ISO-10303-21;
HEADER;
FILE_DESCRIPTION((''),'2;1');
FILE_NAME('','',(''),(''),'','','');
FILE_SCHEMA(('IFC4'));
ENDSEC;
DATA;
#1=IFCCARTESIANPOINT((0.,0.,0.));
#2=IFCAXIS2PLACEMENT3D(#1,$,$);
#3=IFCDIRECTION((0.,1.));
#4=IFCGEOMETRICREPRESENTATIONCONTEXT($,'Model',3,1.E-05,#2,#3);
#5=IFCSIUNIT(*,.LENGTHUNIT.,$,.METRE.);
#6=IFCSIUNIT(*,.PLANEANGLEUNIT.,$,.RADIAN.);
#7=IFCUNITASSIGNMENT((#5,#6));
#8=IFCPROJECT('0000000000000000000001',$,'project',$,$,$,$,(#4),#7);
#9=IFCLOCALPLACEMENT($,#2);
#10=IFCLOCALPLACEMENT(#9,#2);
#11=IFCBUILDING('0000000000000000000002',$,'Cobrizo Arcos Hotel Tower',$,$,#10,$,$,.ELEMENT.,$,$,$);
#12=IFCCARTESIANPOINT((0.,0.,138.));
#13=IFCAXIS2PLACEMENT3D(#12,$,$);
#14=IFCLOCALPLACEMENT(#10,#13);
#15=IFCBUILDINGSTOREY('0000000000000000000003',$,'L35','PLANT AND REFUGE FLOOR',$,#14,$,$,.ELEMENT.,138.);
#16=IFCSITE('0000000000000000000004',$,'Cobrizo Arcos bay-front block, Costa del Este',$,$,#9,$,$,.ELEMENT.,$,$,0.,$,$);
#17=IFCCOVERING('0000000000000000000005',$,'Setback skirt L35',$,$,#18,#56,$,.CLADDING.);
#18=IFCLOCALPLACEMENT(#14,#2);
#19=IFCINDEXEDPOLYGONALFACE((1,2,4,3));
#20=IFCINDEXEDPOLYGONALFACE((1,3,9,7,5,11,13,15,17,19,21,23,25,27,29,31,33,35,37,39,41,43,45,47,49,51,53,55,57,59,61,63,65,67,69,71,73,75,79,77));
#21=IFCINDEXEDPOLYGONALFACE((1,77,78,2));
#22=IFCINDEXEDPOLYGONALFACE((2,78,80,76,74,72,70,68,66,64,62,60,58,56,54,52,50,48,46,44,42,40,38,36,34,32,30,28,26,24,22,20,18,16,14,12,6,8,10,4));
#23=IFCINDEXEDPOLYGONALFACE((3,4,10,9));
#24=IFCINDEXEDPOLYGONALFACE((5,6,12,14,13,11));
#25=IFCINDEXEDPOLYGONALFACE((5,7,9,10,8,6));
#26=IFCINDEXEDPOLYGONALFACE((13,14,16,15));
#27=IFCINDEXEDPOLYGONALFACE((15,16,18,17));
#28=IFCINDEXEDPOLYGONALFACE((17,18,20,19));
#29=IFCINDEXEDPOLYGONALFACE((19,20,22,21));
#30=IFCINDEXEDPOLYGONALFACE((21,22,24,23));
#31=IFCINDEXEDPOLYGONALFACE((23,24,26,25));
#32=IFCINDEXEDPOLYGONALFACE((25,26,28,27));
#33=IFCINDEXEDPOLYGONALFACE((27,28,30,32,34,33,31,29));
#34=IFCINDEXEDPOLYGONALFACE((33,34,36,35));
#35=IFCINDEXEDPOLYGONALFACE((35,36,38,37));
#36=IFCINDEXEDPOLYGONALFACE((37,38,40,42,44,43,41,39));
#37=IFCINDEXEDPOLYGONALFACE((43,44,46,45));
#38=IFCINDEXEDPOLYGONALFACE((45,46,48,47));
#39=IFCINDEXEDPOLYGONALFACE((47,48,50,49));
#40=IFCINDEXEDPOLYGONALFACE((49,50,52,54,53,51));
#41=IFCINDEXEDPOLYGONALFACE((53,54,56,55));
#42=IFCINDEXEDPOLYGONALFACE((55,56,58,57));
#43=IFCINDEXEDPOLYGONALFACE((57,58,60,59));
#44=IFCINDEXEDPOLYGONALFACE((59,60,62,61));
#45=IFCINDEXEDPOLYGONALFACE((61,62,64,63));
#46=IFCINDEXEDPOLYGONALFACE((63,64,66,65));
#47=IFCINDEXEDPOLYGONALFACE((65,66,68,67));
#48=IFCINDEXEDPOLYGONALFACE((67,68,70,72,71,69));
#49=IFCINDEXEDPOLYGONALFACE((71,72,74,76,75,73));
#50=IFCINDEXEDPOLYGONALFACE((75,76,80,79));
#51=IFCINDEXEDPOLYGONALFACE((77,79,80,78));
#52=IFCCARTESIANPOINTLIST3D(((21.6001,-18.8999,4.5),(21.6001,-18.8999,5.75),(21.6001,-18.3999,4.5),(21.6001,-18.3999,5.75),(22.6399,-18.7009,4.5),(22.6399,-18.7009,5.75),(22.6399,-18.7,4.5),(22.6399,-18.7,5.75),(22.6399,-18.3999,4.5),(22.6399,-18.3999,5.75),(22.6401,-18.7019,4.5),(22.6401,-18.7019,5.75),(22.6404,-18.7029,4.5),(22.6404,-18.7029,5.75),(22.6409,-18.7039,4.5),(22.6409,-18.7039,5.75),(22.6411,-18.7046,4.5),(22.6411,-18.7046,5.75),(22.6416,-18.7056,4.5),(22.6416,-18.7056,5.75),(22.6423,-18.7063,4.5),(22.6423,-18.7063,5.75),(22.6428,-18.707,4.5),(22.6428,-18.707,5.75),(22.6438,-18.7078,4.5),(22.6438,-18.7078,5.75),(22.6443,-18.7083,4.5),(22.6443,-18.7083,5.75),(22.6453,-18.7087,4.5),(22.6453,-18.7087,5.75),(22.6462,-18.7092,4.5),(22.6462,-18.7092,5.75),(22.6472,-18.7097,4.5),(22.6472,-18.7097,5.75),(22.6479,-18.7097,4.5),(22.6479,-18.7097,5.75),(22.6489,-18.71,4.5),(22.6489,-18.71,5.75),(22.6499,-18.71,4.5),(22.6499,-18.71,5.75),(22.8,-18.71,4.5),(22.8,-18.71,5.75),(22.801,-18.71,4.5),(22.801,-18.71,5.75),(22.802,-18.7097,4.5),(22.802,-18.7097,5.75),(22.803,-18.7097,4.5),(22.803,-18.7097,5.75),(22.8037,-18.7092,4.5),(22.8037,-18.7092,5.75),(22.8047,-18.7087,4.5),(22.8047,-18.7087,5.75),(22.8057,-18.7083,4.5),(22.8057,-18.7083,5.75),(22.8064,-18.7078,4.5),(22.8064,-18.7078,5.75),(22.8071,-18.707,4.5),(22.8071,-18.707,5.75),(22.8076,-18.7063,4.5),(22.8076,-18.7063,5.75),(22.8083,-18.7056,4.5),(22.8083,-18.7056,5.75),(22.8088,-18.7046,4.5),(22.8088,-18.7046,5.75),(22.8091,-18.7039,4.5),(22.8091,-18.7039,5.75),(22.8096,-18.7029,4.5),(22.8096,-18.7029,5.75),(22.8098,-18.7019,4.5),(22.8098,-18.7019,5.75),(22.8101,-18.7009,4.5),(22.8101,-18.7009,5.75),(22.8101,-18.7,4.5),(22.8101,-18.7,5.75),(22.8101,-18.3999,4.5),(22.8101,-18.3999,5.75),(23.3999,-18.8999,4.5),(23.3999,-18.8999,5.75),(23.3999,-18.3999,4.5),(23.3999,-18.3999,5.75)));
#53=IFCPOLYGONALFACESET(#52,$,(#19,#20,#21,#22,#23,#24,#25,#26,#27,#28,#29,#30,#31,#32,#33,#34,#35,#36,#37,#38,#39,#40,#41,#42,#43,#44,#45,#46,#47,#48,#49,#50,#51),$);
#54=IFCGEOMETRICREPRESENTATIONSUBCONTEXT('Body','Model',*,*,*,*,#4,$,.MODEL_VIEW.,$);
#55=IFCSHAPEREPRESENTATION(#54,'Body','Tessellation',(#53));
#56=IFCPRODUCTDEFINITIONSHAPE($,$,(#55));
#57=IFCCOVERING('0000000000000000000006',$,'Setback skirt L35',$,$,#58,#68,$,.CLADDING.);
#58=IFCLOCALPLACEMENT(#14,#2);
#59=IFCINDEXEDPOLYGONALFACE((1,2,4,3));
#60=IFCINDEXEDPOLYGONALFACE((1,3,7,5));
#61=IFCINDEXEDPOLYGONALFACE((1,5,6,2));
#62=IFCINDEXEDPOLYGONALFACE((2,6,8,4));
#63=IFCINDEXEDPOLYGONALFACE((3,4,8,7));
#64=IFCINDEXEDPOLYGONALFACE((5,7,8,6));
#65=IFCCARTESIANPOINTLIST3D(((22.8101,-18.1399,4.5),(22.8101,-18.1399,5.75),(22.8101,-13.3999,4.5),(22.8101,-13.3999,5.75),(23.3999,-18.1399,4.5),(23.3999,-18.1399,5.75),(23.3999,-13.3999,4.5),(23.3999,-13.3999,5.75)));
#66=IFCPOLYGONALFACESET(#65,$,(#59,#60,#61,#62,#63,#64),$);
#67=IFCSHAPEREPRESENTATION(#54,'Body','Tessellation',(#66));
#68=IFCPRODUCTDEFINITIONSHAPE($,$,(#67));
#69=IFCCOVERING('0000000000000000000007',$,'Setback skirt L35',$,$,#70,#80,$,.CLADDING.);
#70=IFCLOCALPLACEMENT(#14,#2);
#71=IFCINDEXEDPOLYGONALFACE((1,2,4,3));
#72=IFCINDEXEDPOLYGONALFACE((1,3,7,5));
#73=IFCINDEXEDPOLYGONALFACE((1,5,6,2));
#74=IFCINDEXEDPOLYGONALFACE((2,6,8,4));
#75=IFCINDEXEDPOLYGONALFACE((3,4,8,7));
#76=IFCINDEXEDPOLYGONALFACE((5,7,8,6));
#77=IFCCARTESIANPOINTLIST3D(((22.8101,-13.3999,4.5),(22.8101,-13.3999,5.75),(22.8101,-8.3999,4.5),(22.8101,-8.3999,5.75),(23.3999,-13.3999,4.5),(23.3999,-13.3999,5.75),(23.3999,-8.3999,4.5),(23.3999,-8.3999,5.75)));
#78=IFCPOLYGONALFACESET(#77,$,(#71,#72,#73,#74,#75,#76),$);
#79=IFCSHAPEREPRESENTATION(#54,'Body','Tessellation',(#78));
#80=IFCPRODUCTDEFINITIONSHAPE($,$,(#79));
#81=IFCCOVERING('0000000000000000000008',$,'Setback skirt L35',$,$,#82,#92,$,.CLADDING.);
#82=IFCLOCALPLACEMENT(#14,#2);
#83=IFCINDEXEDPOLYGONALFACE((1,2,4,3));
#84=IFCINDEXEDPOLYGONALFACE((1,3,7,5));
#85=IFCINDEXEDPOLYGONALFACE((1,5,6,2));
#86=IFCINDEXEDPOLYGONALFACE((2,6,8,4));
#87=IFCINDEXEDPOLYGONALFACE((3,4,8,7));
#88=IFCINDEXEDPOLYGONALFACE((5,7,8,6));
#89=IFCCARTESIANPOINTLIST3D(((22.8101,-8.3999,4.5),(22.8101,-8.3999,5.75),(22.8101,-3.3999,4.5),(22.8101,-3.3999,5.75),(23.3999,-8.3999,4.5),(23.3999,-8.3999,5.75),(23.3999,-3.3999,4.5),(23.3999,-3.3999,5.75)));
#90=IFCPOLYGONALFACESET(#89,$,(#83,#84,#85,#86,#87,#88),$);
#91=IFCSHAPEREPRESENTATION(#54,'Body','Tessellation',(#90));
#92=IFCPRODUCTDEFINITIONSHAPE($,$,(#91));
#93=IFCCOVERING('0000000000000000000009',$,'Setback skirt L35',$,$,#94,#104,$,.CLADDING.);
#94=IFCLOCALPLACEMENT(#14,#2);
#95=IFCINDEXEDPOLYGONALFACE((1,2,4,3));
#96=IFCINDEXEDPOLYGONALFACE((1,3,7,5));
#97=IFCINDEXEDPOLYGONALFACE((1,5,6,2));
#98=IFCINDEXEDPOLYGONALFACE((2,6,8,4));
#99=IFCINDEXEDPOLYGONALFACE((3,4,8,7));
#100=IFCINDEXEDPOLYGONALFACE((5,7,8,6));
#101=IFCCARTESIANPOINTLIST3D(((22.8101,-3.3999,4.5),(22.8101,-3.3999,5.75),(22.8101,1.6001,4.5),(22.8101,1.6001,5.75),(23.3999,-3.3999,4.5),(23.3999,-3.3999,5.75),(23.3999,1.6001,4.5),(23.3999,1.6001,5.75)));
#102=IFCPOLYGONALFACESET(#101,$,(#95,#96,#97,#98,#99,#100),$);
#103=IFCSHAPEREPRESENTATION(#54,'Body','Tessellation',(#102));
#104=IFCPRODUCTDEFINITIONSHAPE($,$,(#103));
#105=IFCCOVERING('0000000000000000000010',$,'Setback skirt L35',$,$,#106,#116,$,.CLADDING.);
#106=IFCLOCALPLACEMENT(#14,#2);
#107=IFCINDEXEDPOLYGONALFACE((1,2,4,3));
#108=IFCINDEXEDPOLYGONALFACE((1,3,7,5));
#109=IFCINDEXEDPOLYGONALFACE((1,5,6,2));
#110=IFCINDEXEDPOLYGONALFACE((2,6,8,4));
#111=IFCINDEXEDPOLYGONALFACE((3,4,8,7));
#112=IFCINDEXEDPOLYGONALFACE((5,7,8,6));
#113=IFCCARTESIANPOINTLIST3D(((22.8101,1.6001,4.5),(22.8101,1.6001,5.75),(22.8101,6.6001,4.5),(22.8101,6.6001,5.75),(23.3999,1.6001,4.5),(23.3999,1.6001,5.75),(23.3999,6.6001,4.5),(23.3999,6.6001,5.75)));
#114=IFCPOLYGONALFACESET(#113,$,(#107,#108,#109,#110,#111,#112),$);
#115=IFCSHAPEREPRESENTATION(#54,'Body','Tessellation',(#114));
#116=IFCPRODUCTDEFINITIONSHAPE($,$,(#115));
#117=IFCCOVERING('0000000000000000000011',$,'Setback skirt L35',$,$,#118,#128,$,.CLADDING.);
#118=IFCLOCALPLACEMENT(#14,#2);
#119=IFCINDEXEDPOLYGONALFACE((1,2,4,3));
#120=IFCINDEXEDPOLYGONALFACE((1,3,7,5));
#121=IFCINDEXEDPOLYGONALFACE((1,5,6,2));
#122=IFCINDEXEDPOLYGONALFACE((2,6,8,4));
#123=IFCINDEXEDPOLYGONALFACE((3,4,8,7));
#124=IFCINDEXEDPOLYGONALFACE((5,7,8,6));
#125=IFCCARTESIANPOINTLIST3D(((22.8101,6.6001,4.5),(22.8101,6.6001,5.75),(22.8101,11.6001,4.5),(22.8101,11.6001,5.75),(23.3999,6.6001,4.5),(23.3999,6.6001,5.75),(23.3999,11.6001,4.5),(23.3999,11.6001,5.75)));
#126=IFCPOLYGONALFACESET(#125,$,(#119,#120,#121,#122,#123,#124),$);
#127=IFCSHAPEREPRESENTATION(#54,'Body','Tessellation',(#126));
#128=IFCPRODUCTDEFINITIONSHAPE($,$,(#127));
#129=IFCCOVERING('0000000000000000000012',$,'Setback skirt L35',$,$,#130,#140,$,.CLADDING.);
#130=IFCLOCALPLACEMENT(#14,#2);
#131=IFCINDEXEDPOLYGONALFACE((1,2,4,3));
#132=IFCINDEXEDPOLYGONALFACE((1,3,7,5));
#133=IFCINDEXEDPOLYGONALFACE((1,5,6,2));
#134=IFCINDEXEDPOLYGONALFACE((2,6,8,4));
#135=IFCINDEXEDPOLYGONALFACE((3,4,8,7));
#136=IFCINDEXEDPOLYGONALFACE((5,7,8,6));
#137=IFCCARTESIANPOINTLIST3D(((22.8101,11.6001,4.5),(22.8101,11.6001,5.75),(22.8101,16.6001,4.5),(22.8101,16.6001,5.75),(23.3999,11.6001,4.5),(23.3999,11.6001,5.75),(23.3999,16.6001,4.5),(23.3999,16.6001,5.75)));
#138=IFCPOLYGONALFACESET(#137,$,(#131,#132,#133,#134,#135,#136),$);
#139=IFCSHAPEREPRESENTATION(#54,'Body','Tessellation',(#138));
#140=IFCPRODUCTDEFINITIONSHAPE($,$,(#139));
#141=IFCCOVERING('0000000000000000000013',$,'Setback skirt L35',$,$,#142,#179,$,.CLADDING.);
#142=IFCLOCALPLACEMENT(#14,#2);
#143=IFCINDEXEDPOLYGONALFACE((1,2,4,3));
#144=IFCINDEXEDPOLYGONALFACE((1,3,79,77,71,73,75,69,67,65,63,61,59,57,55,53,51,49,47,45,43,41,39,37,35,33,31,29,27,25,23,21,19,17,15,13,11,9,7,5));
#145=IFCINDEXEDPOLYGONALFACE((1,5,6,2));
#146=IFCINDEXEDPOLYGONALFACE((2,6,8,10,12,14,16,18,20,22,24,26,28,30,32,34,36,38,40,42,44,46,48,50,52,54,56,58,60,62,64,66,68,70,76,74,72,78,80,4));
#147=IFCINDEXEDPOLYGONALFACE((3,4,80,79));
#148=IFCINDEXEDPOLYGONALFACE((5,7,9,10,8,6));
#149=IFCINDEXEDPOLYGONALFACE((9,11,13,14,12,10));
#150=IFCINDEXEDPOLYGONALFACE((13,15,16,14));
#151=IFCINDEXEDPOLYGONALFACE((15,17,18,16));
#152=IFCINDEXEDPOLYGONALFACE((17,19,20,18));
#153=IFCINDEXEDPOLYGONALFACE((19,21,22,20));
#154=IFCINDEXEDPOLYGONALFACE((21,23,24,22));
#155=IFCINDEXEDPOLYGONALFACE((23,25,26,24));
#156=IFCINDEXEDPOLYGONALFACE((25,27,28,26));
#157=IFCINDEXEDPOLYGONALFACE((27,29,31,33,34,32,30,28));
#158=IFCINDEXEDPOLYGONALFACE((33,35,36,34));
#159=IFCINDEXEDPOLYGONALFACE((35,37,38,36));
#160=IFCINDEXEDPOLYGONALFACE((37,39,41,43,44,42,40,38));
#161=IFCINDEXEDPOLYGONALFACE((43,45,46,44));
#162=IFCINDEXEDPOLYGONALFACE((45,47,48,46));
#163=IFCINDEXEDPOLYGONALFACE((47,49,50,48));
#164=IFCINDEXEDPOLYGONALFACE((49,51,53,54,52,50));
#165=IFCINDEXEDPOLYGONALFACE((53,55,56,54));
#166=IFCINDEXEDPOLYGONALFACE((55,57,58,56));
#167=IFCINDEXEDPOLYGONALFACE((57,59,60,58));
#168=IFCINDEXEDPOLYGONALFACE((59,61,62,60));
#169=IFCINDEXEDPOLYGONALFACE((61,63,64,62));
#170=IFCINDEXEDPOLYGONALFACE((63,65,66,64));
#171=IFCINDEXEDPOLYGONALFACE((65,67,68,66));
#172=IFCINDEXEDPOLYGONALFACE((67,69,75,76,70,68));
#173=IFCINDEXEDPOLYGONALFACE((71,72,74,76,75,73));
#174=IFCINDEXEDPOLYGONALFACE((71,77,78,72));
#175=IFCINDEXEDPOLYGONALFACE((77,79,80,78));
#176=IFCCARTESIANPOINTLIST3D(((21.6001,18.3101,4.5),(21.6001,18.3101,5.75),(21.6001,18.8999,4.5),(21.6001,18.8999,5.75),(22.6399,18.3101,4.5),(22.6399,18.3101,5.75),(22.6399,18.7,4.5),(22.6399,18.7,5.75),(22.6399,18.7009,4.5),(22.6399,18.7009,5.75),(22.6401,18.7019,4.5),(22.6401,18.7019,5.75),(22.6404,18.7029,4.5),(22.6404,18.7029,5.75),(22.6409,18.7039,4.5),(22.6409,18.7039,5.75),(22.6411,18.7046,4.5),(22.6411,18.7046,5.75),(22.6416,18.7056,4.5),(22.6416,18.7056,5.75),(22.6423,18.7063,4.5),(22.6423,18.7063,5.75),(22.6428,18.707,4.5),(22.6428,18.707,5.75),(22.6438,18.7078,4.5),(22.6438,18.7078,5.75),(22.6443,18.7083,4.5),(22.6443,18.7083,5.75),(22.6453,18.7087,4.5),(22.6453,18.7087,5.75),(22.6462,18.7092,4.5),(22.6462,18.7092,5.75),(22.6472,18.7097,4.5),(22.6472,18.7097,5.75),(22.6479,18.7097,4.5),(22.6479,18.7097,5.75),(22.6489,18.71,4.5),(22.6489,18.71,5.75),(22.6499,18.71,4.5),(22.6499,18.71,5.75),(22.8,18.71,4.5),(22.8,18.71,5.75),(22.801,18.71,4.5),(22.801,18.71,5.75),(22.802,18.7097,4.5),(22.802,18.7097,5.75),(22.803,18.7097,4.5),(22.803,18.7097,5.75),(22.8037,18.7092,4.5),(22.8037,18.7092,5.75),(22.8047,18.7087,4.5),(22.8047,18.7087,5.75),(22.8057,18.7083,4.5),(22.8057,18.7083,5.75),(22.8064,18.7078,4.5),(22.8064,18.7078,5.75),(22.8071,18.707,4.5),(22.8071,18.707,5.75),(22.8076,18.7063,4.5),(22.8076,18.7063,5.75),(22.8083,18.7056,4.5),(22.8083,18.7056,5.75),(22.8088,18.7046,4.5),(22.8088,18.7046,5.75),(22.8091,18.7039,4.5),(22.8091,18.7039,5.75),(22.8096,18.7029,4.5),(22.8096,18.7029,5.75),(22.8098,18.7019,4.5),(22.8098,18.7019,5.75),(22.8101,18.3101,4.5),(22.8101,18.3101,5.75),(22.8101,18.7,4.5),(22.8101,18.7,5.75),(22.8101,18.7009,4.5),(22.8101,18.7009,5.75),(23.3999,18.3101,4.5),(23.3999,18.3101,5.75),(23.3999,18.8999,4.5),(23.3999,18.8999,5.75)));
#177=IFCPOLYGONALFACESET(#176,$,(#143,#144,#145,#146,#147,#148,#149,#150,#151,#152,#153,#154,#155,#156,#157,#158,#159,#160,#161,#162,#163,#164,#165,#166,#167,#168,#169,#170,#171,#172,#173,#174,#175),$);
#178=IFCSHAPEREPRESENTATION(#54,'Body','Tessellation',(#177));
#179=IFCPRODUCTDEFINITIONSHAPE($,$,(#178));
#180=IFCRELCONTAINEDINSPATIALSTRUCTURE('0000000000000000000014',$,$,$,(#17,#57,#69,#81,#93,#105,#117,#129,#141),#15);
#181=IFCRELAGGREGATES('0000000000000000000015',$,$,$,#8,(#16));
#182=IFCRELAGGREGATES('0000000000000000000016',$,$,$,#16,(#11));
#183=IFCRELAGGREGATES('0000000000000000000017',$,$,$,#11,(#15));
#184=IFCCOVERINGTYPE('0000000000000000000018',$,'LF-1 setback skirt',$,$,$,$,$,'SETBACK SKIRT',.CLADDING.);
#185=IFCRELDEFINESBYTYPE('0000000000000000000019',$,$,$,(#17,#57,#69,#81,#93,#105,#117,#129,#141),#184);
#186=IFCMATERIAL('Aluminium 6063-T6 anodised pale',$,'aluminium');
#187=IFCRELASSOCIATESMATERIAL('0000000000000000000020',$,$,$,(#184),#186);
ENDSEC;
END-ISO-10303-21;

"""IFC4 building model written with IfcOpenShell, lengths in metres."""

from ifc_helpers import new_model, si_unit, direction, frame, origin, place, context, subcontext, project, spatial, polyline, outline, extrude, material, type_object, element, save


model = new_model("IFC4")

# Units and contexts
model_context = context("Model", 3, precision=1e-05, world=origin(), true_north=direction((0.0, 1.0)))
body_context = subcontext(model_context, "Body", "Model", "MODEL_VIEW")
ifc_project = project(units=[si_unit("LENGTHUNIT", "METRE"), si_unit("PLANEANGLEUNIT", "RADIAN")], contexts=[model_context])

# Site, building, storey
site_placement = place(None, origin())
site = spatial("IfcSite", under=ifc_project, at=site_placement, Name="Cobrizo Arcos bay-front block, Costa del Este", CompositionType="ELEMENT", RefElevation=0.0)
building_placement = place(site_placement, origin())
building = spatial("IfcBuilding", under=site, at=building_placement, Name="Cobrizo Arcos Hotel Tower", CompositionType="ELEMENT")
storey_placement = place(building_placement, frame((0.0, 0.0, 138.0)))
storey = spatial("IfcBuildingStorey", under=building, at=storey_placement, Name="L35", Description="PLANT AND REFUGE FLOOR", CompositionType="ELEMENT", Elevation=138.0)

# Coverings
ifc_material_1 = material(Name="Aluminium 6063-T6 anodised pale", Category="aluminium")
covering_type_1 = type_object("IfcCoveringType", Name="LF-1 setback skirt", ElementType="SETBACK SKIRT", PredefinedType="CLADDING", material=ifc_material_1)
covering_1_placement = place(storey_placement, frame((0.0, 0.0, 4.5)))
element("IfcCovering", 1, at=covering_1_placement, inside=storey, type_object=covering_type_1, Name="Setback skirt L35", PredefinedType="CLADDING", context=body_context, shape_type="SweptSolid", body=[
    extrude(outline(polyline([(22.6399, -18.7), (22.6399, -18.3999), (21.6001, -18.3999), (21.6001, -18.8999), (23.3999, -18.8999), (23.3999, -18.3999), (22.8101, -18.3999), (22.8101, -18.7), (22.8101, -18.7009), (22.8098, -18.7019), (22.8096, -18.7029), (22.8091, -18.7039), (22.8088, -18.7046), (22.8083, -18.7056), (22.8076, -18.7063), (22.8071, -18.707), (22.8064, -18.7078), (22.8057, -18.7083), (22.8047, -18.7087), (22.8037, -18.7092), (22.803, -18.7097), (22.802, -18.7097), (22.801, -18.71), (22.8, -18.71), (22.6499, -18.71), (22.6489, -18.71), (22.6479, -18.7097), (22.6472, -18.7097), (22.6462, -18.7092), (22.6453, -18.7087), (22.6443, -18.7083), (22.6438, -18.7078), (22.6428, -18.707), (22.6423, -18.7063), (22.6416, -18.7056), (22.6411, -18.7046), (22.6409, -18.7039), (22.6404, -18.7029), (22.6401, -18.7019), (22.6399, -18.7009), (22.6399, -18.7)])), origin(), (0.0, 0.0, 1.0), 1.25),
])
covering_2_placement = place(storey_placement, frame((0.0, 0.0, 4.5)))
element("IfcCovering", 2, at=covering_2_placement, inside=storey, type_object=covering_type_1, Name="Setback skirt L35", PredefinedType="CLADDING", context=body_context, shape_type="SweptSolid", body=[
    extrude(outline(polyline([(22.8101, -13.3999), (22.8101, -18.1399), (23.3999, -18.1399), (23.3999, -13.3999), (22.8101, -13.3999)])), origin(), (0.0, 0.0, 1.0), 1.25),
])
covering_3_placement = place(storey_placement, frame((0.0, 0.0, 4.5)))
element("IfcCovering", 3, at=covering_3_placement, inside=storey, type_object=covering_type_1, Name="Setback skirt L35", PredefinedType="CLADDING", context=body_context, shape_type="SweptSolid", body=[
    extrude(outline(polyline([(22.8101, -8.3999), (22.8101, -13.3999), (23.3999, -13.3999), (23.3999, -8.3999), (22.8101, -8.3999)])), origin(), (0.0, 0.0, 1.0), 1.25),
])
covering_4_placement = place(storey_placement, frame((0.0, 0.0, 4.5)))
element("IfcCovering", 4, at=covering_4_placement, inside=storey, type_object=covering_type_1, Name="Setback skirt L35", PredefinedType="CLADDING", context=body_context, shape_type="SweptSolid", body=[
    extrude(outline(polyline([(22.8101, -3.3999), (22.8101, -8.3999), (23.3999, -8.3999), (23.3999, -3.3999), (22.8101, -3.3999)])), origin(), (0.0, 0.0, 1.0), 1.25),
])
covering_5_placement = place(storey_placement, frame((0.0, 0.0, 4.5)))
element("IfcCovering", 5, at=covering_5_placement, inside=storey, type_object=covering_type_1, Name="Setback skirt L35", PredefinedType="CLADDING", context=body_context, shape_type="SweptSolid", body=[
    extrude(outline(polyline([(22.8101, 1.6001), (22.8101, -3.3999), (23.3999, -3.3999), (23.3999, 1.6001), (22.8101, 1.6001)])), origin(), (0.0, 0.0, 1.0), 1.25),
])
covering_6_placement = place(storey_placement, frame((0.0, 0.0, 4.5)))
element("IfcCovering", 6, at=covering_6_placement, inside=storey, type_object=covering_type_1, Name="Setback skirt L35", PredefinedType="CLADDING", context=body_context, shape_type="SweptSolid", body=[
    extrude(outline(polyline([(22.8101, 6.6001), (22.8101, 1.6001), (23.3999, 1.6001), (23.3999, 6.6001), (22.8101, 6.6001)])), origin(), (0.0, 0.0, 1.0), 1.25),
])
covering_7_placement = place(storey_placement, frame((0.0, 0.0, 4.5)))
element("IfcCovering", 7, at=covering_7_placement, inside=storey, type_object=covering_type_1, Name="Setback skirt L35", PredefinedType="CLADDING", context=body_context, shape_type="SweptSolid", body=[
    extrude(outline(polyline([(22.8101, 11.6001), (22.8101, 6.6001), (23.3999, 6.6001), (23.3999, 11.6001), (22.8101, 11.6001)])), origin(), (0.0, 0.0, 1.0), 1.25),
])
covering_8_placement = place(storey_placement, frame((0.0, 0.0, 4.5)))
element("IfcCovering", 8, at=covering_8_placement, inside=storey, type_object=covering_type_1, Name="Setback skirt L35", PredefinedType="CLADDING", context=body_context, shape_type="SweptSolid", body=[
    extrude(outline(polyline([(22.8101, 16.6001), (22.8101, 11.6001), (23.3999, 11.6001), (23.3999, 16.6001), (22.8101, 16.6001)])), origin(), (0.0, 0.0, 1.0), 1.25),
])
covering_9_placement = place(storey_placement, frame((0.0, 0.0, 4.5)))
element("IfcCovering", 9, at=covering_9_placement, inside=storey, type_object=covering_type_1, Name="Setback skirt L35", PredefinedType="CLADDING", context=body_context, shape_type="SweptSolid", body=[
    extrude(outline(polyline([(23.3999, 18.8999), (21.6001, 18.8999), (21.6001, 18.3101), (22.6399, 18.3101), (22.6399, 18.7), (22.6399, 18.7009), (22.6401, 18.7019), (22.6404, 18.7029), (22.6409, 18.7039), (22.6411, 18.7046), (22.6416, 18.7056), (22.6423, 18.7063), (22.6428, 18.707), (22.6438, 18.7078), (22.6443, 18.7083), (22.6453, 18.7087), (22.6462, 18.7092), (22.6472, 18.7097), (22.6479, 18.7097), (22.6489, 18.71), (22.6499, 18.71), (22.8, 18.71), (22.801, 18.71), (22.802, 18.7097), (22.803, 18.7097), (22.8037, 18.7092), (22.8047, 18.7087), (22.8057, 18.7083), (22.8064, 18.7078), (22.8071, 18.707), (22.8076, 18.7063), (22.8083, 18.7056), (22.8088, 18.7046), (22.8091, 18.7039), (22.8096, 18.7029), (22.8098, 18.7019), (22.8101, 18.7009), (22.8101, 18.7), (22.8101, 18.3101), (23.3999, 18.3101), (23.3999, 18.8999)])), origin(), (0.0, 0.0, 1.0), 1.25),
])

save(model, "model.ifc")
